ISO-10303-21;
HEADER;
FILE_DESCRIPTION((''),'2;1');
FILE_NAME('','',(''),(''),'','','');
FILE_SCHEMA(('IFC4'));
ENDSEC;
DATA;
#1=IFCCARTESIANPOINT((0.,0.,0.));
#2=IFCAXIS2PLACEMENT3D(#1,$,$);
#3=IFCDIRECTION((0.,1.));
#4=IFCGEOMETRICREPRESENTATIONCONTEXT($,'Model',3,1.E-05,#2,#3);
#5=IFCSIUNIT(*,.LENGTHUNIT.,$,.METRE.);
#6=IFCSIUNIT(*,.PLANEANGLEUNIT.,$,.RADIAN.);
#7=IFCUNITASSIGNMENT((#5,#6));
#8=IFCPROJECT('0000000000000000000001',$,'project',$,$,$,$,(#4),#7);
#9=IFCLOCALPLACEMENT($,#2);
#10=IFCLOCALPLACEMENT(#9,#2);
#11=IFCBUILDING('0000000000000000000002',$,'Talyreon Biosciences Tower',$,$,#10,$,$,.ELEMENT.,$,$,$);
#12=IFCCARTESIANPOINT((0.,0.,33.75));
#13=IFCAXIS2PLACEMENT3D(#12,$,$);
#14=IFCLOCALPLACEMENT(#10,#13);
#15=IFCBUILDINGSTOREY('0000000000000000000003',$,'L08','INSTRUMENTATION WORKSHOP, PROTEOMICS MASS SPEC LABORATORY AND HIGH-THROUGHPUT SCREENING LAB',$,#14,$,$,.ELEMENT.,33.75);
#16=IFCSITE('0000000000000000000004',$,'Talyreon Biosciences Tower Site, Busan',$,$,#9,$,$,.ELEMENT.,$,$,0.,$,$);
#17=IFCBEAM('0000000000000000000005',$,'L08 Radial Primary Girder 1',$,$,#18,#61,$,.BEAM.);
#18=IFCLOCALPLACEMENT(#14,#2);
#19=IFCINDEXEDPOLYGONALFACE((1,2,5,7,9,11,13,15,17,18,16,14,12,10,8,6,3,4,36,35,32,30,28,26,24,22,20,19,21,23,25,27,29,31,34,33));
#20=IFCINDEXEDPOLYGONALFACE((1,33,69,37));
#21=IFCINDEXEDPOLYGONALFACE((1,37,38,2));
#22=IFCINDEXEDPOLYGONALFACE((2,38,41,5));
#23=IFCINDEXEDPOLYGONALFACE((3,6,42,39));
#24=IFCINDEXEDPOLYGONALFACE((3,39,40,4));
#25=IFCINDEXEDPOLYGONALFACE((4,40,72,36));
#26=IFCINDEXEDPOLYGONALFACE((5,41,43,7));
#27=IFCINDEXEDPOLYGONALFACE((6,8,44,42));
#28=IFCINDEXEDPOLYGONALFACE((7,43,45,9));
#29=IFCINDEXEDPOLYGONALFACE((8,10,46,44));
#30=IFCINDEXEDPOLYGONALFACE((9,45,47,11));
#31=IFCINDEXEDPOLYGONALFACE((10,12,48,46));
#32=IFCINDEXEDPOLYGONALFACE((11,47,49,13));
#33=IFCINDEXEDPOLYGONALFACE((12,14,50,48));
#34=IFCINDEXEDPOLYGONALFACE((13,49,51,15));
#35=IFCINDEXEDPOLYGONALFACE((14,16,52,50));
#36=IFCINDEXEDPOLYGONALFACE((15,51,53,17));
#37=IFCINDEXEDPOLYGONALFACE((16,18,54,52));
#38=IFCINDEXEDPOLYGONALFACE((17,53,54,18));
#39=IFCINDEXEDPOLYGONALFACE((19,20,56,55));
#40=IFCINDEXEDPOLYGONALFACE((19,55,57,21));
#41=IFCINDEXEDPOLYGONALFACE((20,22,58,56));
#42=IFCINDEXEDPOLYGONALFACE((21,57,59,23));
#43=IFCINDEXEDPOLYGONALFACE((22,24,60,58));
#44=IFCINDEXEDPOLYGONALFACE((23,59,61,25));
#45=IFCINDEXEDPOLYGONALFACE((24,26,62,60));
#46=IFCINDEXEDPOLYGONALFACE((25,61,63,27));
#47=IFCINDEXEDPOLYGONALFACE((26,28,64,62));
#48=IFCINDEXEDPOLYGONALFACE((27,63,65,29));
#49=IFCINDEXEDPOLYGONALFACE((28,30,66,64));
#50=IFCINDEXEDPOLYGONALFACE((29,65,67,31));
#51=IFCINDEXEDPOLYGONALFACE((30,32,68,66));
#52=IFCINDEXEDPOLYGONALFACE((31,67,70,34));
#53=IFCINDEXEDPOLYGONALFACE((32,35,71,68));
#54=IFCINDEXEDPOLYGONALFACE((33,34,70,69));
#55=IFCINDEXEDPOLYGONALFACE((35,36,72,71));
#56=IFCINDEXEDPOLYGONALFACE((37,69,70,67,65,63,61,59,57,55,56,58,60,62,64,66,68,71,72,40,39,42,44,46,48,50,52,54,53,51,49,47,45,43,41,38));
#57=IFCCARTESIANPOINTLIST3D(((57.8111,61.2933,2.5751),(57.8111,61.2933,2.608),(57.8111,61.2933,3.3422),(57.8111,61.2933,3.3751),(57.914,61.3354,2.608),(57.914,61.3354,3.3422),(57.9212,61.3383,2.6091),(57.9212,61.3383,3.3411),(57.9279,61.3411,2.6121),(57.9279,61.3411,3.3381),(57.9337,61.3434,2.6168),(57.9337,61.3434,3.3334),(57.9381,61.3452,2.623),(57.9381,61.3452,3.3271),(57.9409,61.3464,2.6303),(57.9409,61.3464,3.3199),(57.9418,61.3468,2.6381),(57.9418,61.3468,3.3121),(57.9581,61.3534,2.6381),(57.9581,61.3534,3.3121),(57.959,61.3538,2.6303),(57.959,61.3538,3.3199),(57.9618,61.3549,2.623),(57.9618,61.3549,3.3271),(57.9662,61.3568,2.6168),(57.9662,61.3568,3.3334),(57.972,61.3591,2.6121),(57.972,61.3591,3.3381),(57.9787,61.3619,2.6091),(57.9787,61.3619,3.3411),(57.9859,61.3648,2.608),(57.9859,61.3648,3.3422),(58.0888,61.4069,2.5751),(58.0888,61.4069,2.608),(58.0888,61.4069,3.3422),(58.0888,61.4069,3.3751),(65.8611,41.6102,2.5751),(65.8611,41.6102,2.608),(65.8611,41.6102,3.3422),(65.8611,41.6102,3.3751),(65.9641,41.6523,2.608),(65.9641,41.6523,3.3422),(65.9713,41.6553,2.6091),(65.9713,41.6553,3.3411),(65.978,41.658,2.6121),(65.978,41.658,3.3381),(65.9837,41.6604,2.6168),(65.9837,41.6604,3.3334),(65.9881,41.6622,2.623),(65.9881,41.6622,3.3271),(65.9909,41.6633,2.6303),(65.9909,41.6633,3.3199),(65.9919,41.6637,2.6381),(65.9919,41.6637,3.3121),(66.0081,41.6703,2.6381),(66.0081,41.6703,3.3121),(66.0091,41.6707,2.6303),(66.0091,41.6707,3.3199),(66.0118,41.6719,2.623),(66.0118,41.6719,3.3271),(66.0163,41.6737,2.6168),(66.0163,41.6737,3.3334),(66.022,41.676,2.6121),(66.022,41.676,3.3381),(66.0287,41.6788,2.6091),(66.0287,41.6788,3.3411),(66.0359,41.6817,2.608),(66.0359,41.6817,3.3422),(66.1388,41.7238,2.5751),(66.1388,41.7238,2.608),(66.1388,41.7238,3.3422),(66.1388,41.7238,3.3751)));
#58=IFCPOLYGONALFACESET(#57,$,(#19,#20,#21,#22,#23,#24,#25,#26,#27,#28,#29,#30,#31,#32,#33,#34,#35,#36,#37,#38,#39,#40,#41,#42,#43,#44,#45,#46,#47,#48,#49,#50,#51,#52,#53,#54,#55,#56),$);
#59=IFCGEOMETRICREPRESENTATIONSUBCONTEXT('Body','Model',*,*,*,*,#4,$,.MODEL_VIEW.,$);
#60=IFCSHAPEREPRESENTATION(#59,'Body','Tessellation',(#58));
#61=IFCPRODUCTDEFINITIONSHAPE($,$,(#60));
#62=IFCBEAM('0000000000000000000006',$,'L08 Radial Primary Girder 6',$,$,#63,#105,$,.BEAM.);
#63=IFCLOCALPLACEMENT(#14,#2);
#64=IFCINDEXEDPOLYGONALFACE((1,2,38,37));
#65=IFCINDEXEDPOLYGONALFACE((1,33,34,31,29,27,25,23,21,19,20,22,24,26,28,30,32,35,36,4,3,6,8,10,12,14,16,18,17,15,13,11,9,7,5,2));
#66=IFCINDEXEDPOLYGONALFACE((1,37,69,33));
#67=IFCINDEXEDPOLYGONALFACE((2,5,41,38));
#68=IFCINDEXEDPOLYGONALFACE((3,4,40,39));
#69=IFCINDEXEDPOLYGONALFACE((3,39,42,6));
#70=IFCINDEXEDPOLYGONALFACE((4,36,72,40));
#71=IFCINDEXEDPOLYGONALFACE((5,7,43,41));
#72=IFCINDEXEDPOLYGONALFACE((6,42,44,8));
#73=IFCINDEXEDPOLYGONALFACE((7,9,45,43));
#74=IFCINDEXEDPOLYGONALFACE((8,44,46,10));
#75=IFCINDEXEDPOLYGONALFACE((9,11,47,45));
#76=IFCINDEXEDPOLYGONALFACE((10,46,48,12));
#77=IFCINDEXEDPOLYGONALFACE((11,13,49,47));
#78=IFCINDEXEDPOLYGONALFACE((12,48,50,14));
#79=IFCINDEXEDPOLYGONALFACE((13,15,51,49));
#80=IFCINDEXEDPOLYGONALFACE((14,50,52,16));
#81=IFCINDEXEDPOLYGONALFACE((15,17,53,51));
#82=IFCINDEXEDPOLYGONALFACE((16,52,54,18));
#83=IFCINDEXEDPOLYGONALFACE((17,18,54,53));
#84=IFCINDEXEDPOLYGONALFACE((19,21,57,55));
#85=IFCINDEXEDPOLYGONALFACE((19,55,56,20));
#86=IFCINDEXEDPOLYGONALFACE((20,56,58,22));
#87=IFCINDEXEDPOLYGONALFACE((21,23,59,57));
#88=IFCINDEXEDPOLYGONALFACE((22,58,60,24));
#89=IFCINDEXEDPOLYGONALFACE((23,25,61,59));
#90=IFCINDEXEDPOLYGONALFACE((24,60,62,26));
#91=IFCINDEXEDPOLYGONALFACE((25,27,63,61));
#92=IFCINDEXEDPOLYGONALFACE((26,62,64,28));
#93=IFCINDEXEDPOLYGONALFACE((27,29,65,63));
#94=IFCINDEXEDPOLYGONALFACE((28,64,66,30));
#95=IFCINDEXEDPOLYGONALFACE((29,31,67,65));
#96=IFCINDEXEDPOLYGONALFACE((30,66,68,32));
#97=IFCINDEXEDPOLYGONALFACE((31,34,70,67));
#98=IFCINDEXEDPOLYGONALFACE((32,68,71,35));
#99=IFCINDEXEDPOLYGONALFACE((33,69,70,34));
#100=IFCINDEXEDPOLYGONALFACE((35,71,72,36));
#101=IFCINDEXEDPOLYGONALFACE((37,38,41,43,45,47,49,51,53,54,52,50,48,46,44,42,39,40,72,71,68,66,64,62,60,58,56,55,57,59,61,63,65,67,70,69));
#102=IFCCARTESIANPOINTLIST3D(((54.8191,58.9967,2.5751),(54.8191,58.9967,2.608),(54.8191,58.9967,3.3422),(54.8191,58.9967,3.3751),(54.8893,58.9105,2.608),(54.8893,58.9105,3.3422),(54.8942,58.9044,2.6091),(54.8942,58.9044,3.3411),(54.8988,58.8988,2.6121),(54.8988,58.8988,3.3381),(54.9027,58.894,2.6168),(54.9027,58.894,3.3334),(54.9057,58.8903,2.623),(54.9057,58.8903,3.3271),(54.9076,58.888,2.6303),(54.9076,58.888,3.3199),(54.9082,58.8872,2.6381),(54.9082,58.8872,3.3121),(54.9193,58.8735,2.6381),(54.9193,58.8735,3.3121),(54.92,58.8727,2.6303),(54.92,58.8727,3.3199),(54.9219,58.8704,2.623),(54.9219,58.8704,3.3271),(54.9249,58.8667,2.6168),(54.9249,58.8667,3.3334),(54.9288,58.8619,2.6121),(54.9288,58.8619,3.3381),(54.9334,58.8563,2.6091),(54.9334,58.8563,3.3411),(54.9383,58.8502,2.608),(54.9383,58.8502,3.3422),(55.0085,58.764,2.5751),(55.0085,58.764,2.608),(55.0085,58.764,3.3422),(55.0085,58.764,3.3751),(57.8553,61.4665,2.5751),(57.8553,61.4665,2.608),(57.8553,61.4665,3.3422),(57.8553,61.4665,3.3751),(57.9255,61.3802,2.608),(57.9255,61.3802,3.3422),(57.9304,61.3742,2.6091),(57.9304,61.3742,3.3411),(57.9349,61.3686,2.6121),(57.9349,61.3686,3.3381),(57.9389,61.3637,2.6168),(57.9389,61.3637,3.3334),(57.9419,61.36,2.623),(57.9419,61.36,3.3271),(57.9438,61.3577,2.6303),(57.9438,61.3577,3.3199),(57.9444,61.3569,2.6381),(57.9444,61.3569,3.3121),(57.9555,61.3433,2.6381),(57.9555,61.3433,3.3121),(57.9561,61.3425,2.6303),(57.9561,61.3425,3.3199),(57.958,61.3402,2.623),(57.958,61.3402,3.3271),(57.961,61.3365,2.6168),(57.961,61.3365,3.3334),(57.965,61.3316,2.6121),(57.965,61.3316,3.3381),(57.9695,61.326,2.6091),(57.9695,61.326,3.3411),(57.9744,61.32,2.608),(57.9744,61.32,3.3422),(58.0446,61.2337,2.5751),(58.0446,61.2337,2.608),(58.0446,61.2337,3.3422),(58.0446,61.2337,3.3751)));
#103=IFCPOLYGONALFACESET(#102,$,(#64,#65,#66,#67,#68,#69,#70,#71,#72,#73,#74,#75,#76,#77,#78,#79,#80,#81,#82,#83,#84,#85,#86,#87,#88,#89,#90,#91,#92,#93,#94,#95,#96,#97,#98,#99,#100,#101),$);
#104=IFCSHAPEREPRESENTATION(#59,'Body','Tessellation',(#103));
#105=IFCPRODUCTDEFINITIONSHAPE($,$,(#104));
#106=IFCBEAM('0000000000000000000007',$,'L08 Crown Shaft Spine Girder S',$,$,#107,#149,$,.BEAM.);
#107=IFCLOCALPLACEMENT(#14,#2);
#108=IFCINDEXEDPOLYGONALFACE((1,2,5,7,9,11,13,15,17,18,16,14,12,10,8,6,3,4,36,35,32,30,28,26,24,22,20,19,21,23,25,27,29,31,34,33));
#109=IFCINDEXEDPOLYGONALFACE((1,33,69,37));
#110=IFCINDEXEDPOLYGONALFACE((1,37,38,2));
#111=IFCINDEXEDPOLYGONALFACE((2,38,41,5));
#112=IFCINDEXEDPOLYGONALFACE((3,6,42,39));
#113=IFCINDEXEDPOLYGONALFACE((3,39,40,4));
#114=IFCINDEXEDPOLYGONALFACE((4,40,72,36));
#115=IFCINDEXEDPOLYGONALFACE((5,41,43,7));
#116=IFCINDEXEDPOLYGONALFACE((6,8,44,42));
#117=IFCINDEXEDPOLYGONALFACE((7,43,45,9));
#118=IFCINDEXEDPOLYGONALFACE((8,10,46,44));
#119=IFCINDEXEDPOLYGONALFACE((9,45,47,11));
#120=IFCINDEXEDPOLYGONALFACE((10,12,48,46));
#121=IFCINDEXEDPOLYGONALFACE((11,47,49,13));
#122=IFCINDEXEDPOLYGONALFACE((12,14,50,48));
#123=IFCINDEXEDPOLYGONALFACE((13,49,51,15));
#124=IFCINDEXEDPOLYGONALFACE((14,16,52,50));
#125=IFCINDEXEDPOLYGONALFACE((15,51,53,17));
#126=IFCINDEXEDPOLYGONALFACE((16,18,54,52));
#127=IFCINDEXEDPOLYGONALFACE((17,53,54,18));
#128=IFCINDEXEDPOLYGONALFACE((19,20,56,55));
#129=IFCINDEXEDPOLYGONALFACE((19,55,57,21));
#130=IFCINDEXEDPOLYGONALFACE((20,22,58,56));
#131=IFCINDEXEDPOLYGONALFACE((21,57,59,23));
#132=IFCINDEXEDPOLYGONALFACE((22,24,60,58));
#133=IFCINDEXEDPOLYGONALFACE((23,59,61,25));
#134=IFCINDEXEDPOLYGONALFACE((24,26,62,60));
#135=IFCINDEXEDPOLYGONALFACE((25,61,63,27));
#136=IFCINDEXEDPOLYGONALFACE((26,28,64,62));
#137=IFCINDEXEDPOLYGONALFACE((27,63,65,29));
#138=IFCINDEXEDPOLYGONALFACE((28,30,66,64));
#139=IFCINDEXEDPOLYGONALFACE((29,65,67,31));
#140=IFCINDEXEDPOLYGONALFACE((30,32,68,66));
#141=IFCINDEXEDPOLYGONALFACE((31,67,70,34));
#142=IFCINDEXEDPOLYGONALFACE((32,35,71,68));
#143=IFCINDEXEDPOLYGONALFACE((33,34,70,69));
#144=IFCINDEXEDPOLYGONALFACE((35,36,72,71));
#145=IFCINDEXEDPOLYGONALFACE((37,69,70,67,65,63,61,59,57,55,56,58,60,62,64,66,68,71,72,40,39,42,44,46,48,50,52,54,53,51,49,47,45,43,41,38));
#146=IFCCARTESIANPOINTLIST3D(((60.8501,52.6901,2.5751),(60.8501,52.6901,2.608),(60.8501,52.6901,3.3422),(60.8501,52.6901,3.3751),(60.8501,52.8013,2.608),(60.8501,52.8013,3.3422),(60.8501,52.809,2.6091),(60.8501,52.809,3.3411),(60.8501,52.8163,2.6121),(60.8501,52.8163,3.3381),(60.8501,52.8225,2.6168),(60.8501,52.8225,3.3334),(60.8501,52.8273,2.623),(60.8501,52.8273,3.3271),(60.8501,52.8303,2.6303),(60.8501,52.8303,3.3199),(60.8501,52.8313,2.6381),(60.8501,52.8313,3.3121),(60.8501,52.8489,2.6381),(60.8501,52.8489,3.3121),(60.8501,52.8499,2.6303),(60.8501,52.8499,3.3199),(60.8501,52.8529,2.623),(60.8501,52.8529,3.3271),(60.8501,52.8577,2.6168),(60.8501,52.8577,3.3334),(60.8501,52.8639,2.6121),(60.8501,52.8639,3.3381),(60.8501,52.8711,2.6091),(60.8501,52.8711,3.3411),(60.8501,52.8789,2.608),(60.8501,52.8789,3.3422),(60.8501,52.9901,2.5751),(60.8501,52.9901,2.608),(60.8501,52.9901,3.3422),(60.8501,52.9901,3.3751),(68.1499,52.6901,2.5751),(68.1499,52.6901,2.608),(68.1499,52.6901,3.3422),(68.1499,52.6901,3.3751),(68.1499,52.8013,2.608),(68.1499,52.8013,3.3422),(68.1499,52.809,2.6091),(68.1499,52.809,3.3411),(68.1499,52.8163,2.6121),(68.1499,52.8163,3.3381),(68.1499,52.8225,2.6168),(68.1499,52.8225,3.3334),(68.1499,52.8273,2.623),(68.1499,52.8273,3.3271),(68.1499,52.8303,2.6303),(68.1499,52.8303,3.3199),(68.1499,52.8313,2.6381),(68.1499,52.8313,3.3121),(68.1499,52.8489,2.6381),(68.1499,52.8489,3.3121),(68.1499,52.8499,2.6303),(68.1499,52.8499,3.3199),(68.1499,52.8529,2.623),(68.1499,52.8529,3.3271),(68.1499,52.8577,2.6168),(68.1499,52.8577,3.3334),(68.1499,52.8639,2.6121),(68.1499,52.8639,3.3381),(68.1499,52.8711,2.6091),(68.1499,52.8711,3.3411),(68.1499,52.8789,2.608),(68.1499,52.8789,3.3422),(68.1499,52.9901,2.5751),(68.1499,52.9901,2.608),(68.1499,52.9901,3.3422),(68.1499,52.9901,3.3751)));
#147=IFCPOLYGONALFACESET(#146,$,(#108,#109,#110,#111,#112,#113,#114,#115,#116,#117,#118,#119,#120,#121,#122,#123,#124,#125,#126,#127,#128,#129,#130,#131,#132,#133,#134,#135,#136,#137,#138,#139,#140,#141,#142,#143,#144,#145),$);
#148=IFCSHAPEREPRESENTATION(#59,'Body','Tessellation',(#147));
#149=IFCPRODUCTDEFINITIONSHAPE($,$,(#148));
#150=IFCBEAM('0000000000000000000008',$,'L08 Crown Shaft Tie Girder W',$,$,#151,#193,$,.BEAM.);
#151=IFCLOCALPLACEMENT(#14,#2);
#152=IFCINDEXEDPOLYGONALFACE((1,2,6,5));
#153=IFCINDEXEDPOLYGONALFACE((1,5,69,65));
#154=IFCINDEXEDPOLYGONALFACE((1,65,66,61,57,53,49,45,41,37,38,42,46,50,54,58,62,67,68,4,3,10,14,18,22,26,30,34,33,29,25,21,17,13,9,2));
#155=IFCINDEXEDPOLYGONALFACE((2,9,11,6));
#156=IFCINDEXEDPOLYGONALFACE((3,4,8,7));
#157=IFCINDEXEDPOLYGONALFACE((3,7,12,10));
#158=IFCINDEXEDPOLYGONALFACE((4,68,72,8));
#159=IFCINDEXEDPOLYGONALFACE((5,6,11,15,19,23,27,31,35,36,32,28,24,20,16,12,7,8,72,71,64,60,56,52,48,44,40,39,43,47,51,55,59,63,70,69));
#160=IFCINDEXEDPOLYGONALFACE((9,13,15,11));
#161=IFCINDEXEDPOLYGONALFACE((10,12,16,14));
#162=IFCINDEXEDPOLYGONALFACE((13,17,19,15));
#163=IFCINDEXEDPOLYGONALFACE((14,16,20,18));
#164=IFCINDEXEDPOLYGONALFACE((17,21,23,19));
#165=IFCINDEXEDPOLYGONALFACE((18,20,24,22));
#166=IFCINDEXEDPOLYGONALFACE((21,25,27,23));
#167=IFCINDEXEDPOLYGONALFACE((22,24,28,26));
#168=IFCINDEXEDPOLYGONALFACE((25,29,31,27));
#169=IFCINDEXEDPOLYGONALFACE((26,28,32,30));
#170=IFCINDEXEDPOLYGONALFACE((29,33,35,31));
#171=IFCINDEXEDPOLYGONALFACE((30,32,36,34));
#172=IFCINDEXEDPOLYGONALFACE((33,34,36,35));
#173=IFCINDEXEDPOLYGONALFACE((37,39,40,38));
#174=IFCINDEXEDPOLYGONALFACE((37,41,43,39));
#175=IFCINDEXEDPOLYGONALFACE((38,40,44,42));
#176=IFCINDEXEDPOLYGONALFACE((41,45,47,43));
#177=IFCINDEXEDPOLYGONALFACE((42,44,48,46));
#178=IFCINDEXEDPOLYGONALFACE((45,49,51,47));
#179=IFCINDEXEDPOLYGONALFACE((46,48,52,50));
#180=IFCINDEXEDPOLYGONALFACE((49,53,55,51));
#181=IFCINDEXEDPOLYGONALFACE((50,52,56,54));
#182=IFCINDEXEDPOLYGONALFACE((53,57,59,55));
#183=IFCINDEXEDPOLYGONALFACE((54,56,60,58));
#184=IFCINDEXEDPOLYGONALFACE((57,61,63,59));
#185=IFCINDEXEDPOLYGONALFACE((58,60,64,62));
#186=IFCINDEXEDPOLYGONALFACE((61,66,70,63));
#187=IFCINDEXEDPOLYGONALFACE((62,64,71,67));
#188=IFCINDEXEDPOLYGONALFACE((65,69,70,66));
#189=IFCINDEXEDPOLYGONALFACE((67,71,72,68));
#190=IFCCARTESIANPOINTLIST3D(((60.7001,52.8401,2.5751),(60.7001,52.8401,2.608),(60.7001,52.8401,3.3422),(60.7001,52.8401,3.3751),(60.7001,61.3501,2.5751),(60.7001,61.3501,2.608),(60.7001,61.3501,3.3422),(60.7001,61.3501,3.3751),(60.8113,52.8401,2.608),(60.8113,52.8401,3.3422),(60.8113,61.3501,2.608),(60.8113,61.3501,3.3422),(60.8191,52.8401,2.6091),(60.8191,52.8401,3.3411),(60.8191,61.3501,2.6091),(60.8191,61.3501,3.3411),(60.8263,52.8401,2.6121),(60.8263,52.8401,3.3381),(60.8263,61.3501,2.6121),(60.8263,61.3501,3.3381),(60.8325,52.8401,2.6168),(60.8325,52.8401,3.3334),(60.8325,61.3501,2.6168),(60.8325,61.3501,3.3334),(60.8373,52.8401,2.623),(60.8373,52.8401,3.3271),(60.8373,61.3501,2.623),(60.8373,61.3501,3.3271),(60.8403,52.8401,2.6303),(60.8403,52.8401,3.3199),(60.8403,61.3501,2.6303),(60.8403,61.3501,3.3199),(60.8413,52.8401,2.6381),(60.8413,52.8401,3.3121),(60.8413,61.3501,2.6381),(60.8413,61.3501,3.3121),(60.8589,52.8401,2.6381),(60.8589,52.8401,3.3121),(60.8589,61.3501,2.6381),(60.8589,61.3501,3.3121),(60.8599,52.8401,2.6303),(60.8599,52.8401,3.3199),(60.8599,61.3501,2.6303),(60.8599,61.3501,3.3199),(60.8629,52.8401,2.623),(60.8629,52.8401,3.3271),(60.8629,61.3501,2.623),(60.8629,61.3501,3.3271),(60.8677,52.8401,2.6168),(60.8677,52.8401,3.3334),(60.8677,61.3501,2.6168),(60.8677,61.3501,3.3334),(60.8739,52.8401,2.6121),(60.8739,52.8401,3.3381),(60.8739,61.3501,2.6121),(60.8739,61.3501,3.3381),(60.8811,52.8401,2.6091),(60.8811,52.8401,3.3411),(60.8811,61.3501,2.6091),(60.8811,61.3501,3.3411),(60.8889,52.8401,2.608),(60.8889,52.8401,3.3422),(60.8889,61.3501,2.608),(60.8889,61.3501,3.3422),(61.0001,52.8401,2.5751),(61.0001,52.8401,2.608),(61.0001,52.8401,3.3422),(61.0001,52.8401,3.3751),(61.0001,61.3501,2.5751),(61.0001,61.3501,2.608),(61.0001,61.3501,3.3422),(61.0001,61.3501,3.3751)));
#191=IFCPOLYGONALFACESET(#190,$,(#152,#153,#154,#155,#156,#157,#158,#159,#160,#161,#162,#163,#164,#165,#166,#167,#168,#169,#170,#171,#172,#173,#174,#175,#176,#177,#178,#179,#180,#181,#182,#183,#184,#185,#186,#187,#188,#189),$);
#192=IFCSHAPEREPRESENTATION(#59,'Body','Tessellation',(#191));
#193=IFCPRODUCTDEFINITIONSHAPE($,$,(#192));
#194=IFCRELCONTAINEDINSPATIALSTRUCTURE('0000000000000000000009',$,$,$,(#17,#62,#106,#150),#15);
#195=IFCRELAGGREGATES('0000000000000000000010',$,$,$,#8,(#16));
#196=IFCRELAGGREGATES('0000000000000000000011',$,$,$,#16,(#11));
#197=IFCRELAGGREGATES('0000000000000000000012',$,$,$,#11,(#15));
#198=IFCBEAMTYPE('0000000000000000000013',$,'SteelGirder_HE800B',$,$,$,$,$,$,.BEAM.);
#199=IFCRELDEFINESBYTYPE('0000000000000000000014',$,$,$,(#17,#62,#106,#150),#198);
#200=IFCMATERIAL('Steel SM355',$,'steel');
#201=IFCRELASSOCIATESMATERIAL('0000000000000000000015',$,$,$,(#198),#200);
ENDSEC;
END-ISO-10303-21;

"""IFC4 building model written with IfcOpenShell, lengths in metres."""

from ifc_helpers import new_model, si_unit, direction, frame, origin, origin_2d, place, context, subcontext, project, spatial, i_section, extrude, material, material_profile, profile_set, type_object, element, save


model = new_model("IFC4")

# Units and contexts
model_context = context("Model", 3, precision=1e-05, world=origin(), true_north=direction((0.0, 1.0)))
body_context = subcontext(model_context, "Body", "Model", "MODEL_VIEW")
ifc_project = project(units=[si_unit("LENGTHUNIT", "METRE"), si_unit("PLANEANGLEUNIT", "RADIAN")], contexts=[model_context])

# Site, building, storey
site_placement = place(None, origin())
site = spatial("IfcSite", under=ifc_project, at=site_placement, Name="Talyreon Biosciences Tower Site, Busan", CompositionType="ELEMENT", RefElevation=0.0)
building_placement = place(site_placement, origin())
building = spatial("IfcBuilding", under=site, at=building_placement, Name="Talyreon Biosciences Tower", CompositionType="ELEMENT")
storey_placement = place(building_placement, frame((0.0, 0.0, 33.75)))
storey = spatial("IfcBuildingStorey", under=building, at=storey_placement, Name="L08", Description="INSTRUMENTATION WORKSHOP, PROTEOMICS MASS SPEC LABORATORY AND HIGH-THROUGHPUT SCREENING LAB", CompositionType="ELEMENT", Elevation=33.75)

# Beams
ifc_material_1 = material(Name="Steel SM355", Category="steel")
ifc_material_profile_1 = material_profile(ifc_material_1, i_section(OverallWidth=0.3, OverallDepth=0.8, WebThickness=0.0176, FlangeThickness=0.033, FilletRadius=0.03, at=origin_2d()), Name="HE800B")
ifc_profile_set_1 = profile_set([ifc_material_profile_1], Name="Steel SM355")
beam_type_1 = type_object("IfcBeamType", Name="SteelGirder_HE800B", PredefinedType="BEAM", material=ifc_profile_set_1)
beam_1_placement = place(storey_placement, frame((57.95, 61.3501, 2.9751), z_axis=(0.378547, -0.925582, 0.0), x_axis=(0.925582, 0.378547, 0.0)))
element("IfcBeam", 1, at=beam_1_placement, inside=storey, type_object=beam_type_1, Name="L08 Radial Primary Girder 1", PredefinedType="BEAM", context=body_context, shape_type="SweptSolid", body=[
    extrude(i_section(OverallWidth=0.3, OverallDepth=0.8, WebThickness=0.0176, FlangeThickness=0.033, FilletRadius=0.03, at=origin_2d()), origin(), (0.0, 0.0, 1.0), 21.2656),
])
beam_2_placement = place(storey_placement, frame((57.95, 61.3501, 2.9751), z_axis=(-0.775755, -0.631034, 0.0), x_axis=(0.631034, -0.775755, 0.0)))
element("IfcBeam", 2, at=beam_2_placement, inside=storey, type_object=beam_type_1, Name="L08 Radial Primary Girder 6", PredefinedType="BEAM", context=body_context, shape_type="SweptSolid", body=[
    extrude(i_section(OverallWidth=0.3, OverallDepth=0.8, WebThickness=0.0176, FlangeThickness=0.033, FilletRadius=0.03, at=origin_2d()), origin(), (0.0, 0.0, 1.0), 3.9138),
])
beam_3_placement = place(storey_placement, frame((60.8501, 52.8401, 2.9751), z_axis=(1.0, 0.0, 0.0), x_axis=(0.0, 1.0, 0.0)))
element("IfcBeam", 3, at=beam_3_placement, inside=storey, type_object=beam_type_1, Name="L08 Crown Shaft Spine Girder S", PredefinedType="BEAM", context=body_context, shape_type="SweptSolid", body=[
    extrude(i_section(OverallWidth=0.3, OverallDepth=0.8, WebThickness=0.0176, FlangeThickness=0.033, FilletRadius=0.03, at=origin_2d()), origin(), (0.0, 0.0, 1.0), 7.2998),
])
beam_4_placement = place(storey_placement, frame((60.8501, 52.8401, 2.9751), z_axis=(0.0, 1.0, 0.0), x_axis=(-1.0, 0.0, 0.0)))
element("IfcBeam", 4, at=beam_4_placement, inside=storey, type_object=beam_type_1, Name="L08 Crown Shaft Tie Girder W", PredefinedType="BEAM", context=body_context, shape_type="SweptSolid", body=[
    extrude(i_section(OverallWidth=0.3, OverallDepth=0.8, WebThickness=0.0176, FlangeThickness=0.033, FilletRadius=0.03, at=origin_2d()), origin(), (0.0, 0.0, 1.0), 8.51),
])

save(model, "model.ifc")
